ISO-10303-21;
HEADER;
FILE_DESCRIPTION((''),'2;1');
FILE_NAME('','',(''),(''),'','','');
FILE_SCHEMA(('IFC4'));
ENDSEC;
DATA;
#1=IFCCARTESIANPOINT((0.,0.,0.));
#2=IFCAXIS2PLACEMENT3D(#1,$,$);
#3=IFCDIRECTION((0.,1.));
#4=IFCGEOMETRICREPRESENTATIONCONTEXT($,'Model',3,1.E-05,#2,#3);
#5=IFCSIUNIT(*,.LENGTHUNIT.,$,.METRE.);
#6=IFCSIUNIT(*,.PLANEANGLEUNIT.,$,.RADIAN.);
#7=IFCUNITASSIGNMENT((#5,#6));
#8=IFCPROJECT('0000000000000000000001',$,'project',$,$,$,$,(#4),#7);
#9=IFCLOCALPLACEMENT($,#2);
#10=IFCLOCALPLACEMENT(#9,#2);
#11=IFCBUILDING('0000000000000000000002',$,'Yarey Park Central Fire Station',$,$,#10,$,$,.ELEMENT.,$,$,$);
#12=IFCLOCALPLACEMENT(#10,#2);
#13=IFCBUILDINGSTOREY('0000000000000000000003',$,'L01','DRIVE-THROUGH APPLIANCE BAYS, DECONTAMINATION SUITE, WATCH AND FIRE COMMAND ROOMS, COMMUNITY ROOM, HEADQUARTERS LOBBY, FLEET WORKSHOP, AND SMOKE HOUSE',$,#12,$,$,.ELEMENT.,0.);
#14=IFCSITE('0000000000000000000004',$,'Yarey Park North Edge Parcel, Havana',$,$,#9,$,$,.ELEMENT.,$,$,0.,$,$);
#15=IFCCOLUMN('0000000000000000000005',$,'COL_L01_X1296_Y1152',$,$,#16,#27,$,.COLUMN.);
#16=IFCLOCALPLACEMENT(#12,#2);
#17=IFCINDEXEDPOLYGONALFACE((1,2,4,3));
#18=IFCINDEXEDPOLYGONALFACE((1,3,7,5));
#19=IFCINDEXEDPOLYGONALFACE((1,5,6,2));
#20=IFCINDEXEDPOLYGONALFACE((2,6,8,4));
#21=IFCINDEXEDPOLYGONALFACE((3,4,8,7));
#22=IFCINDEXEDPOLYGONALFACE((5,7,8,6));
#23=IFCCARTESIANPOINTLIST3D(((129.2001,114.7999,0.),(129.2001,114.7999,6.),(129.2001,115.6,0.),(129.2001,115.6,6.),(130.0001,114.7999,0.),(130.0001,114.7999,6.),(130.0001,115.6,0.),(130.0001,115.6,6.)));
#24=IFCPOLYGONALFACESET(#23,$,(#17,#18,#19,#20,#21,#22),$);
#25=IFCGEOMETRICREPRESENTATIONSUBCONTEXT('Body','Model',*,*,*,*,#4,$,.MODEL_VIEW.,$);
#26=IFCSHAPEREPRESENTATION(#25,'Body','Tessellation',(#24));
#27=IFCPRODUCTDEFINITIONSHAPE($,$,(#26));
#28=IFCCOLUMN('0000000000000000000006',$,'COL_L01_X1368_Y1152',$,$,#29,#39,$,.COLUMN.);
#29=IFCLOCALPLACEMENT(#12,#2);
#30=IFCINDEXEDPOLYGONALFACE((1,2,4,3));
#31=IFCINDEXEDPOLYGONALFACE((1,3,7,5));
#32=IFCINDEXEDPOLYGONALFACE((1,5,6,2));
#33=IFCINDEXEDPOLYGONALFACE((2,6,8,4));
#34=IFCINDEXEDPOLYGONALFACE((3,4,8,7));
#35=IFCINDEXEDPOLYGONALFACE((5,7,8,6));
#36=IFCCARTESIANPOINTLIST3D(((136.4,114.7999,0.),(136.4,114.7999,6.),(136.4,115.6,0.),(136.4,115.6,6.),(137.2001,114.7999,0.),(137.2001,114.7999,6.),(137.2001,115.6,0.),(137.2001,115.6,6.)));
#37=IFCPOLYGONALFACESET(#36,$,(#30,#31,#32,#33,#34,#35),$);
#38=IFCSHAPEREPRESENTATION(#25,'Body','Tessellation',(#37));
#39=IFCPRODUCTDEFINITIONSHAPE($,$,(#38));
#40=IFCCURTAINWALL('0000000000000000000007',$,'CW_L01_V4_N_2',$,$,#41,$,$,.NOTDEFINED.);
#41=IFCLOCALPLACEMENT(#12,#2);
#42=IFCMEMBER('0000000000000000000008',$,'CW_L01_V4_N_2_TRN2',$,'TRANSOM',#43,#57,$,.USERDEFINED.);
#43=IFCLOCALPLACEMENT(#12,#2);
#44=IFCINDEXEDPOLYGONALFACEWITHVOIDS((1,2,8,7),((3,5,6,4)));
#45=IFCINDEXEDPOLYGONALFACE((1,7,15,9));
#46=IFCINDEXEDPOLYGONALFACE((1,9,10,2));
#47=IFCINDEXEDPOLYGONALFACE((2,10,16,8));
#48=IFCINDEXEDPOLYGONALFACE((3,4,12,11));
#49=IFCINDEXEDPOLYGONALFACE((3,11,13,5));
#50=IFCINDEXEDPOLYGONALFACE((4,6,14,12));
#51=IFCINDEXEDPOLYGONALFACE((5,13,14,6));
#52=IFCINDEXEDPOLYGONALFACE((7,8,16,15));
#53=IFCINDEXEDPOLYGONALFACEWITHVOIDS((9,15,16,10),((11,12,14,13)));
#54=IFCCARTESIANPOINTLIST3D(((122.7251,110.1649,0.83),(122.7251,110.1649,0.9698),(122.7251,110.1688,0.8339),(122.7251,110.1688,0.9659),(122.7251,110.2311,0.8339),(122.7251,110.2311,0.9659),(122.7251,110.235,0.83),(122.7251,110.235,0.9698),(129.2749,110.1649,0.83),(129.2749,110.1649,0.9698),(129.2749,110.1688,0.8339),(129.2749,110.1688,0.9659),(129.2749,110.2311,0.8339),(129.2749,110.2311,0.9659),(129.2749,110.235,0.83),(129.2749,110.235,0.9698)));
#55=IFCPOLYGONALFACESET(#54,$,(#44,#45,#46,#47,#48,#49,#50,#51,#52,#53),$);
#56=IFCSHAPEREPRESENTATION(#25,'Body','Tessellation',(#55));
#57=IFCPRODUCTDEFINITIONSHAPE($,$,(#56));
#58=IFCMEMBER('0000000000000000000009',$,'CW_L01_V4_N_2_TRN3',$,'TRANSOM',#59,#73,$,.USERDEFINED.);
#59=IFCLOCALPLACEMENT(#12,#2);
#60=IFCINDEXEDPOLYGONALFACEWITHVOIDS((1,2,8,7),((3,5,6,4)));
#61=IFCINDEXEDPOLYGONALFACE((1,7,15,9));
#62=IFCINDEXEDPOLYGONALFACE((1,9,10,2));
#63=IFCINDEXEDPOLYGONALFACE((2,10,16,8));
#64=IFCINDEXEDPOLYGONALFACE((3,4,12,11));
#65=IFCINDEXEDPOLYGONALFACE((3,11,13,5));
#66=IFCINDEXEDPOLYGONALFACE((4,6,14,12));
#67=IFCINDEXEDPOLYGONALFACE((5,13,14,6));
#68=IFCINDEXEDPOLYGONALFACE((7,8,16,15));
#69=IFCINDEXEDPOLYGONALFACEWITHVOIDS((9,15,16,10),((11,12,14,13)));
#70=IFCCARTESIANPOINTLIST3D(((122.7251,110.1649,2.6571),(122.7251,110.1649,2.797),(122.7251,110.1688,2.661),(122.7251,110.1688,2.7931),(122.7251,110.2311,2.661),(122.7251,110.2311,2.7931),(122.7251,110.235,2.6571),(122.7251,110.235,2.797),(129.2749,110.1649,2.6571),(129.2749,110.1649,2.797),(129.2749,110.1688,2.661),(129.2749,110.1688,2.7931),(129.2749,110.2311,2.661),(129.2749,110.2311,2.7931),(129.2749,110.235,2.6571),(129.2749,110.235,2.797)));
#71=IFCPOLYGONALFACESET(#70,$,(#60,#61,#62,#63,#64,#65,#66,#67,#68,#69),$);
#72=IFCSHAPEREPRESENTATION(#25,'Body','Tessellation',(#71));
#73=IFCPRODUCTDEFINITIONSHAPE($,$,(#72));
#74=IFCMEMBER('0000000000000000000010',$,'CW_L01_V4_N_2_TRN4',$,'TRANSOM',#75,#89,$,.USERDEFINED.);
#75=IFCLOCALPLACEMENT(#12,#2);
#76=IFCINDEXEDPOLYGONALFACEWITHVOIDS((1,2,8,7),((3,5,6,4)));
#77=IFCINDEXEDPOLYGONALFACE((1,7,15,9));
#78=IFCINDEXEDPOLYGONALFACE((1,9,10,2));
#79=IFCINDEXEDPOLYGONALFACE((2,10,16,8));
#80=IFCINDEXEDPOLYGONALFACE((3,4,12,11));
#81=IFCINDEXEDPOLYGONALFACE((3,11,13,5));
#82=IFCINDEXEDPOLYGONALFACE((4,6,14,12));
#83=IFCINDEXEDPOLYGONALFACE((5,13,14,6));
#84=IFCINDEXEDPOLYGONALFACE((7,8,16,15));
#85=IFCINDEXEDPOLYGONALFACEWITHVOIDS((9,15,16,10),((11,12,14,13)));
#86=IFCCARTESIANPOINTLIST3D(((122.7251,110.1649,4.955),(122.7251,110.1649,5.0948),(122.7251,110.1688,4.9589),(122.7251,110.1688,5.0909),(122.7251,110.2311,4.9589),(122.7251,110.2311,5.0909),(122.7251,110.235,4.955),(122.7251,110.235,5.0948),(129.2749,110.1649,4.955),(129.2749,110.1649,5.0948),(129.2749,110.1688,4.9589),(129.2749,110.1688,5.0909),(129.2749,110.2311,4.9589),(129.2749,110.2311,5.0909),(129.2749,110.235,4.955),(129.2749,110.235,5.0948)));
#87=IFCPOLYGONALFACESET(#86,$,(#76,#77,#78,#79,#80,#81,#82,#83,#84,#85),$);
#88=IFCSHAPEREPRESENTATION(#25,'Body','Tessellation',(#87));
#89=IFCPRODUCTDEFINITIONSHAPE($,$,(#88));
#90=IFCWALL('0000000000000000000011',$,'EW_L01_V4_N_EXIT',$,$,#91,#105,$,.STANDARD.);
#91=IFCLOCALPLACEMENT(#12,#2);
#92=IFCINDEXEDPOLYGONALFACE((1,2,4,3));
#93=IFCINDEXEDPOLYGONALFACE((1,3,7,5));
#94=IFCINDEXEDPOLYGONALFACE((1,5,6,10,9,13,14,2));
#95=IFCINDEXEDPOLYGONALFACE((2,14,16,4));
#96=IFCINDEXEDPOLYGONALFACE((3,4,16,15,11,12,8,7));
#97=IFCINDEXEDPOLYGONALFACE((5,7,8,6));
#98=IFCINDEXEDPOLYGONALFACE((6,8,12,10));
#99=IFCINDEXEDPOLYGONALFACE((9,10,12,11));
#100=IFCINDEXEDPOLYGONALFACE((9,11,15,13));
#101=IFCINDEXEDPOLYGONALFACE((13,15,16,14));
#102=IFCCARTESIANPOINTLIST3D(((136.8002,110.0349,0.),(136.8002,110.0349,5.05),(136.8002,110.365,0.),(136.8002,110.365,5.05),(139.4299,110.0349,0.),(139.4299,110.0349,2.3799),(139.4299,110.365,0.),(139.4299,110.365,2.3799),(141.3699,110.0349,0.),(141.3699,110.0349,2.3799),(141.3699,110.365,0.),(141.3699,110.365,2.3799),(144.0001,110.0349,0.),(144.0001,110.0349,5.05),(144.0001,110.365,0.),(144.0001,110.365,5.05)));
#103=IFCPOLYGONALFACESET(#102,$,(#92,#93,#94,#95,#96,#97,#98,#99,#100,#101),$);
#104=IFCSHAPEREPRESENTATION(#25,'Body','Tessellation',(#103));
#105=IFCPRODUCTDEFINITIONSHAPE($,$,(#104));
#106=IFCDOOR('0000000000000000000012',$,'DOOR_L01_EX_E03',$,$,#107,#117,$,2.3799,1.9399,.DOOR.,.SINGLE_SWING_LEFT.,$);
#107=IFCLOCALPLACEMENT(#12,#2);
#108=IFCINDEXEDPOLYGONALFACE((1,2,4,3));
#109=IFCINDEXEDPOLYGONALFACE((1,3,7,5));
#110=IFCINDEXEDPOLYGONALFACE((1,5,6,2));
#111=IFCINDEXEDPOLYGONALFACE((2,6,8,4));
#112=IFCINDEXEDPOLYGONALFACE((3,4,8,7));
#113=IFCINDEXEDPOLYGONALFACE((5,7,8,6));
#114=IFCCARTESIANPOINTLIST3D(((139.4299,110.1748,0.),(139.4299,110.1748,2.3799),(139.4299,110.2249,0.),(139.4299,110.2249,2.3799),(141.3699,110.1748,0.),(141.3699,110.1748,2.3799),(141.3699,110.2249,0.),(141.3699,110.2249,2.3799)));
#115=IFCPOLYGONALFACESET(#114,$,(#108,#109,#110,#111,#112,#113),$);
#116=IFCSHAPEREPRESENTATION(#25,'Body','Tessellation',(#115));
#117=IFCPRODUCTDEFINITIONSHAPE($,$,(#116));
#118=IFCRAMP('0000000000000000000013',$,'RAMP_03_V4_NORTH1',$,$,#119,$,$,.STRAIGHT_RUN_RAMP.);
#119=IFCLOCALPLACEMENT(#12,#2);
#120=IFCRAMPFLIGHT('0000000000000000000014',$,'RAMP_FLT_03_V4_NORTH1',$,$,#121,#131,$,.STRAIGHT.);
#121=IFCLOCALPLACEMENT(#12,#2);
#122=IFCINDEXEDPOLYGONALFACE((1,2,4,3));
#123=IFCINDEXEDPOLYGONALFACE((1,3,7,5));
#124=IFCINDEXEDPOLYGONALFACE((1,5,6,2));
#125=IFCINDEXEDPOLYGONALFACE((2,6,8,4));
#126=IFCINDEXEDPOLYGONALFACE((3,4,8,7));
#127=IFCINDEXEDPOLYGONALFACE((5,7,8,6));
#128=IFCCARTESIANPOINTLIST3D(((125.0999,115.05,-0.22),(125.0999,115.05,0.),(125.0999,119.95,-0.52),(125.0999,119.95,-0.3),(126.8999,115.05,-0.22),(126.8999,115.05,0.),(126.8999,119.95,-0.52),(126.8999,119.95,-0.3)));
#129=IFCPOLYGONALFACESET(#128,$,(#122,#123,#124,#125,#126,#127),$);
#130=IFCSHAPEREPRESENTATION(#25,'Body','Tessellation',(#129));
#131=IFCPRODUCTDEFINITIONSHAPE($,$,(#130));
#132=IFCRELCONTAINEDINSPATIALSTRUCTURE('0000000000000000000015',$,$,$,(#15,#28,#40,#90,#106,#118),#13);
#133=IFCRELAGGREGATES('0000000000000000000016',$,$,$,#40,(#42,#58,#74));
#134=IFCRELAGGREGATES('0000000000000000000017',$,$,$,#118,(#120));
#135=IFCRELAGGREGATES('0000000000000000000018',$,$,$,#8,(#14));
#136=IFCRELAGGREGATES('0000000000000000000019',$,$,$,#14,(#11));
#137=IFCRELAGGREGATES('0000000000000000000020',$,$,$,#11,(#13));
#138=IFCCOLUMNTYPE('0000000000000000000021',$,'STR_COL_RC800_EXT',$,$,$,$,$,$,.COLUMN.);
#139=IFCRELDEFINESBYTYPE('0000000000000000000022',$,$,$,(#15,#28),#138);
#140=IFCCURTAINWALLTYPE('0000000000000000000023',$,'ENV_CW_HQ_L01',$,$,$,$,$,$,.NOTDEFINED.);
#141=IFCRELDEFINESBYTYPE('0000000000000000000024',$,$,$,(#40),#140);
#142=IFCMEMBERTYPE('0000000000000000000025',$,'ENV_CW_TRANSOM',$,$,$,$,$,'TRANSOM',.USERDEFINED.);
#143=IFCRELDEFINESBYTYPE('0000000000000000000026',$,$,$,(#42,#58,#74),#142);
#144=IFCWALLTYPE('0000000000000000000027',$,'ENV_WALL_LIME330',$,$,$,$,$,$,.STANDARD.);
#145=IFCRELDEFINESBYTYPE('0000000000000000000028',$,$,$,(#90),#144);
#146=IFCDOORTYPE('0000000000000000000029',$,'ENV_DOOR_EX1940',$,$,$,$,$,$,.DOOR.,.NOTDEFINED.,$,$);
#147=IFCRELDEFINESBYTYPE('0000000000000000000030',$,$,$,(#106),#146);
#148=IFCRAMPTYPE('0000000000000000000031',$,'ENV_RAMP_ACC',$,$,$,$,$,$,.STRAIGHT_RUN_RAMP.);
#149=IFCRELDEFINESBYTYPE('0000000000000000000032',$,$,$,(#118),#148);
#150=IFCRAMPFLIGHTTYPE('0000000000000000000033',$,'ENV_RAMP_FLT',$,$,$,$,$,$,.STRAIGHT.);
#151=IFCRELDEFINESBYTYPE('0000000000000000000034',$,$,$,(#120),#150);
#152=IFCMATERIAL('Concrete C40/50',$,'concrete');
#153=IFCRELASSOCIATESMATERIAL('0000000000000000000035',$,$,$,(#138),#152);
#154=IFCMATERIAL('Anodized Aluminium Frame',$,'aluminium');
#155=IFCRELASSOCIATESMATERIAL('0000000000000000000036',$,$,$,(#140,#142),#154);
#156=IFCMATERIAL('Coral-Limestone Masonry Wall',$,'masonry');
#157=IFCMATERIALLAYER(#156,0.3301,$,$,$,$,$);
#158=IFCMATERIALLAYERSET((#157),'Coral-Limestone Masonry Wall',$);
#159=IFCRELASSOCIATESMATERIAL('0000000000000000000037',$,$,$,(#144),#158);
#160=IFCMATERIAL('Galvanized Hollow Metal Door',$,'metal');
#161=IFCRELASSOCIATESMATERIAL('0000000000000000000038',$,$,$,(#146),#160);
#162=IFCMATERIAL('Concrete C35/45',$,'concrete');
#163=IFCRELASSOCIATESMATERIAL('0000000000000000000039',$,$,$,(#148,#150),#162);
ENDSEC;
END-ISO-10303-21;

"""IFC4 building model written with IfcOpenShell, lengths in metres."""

from ifc_helpers import new_model, si_unit, direction, frame, frame_2d, origin, origin_2d, place, context, subcontext, project, spatial, polyline, rectangle, hollow_rectangle, outline, extrude, material, layer, layer_set, material_profile, profile_set, type_object, element, fill, aggregate, save


model = new_model("IFC4")

# Units and contexts
model_context = context("Model", 3, precision=1e-05, world=origin(), true_north=direction((0.0, 1.0)))
body_context = subcontext(model_context, "Body", "Model", "MODEL_VIEW")
ifc_project = project(units=[si_unit("LENGTHUNIT", "METRE"), si_unit("PLANEANGLEUNIT", "RADIAN")], contexts=[model_context])

# Site, building, storey
site_placement = place(None, origin())
site = spatial("IfcSite", under=ifc_project, at=site_placement, Name="Yarey Park North Edge Parcel, Havana", CompositionType="ELEMENT", RefElevation=0.0)
building_placement = place(site_placement, origin())
building = spatial("IfcBuilding", under=site, at=building_placement, Name="Yarey Park Central Fire Station", CompositionType="ELEMENT")
storey_placement = place(building_placement, origin())
storey = spatial("IfcBuildingStorey", under=building, at=storey_placement, Name="L01", Description="DRIVE-THROUGH APPLIANCE BAYS, DECONTAMINATION SUITE, WATCH AND FIRE COMMAND ROOMS, COMMUNITY ROOM, HEADQUARTERS LOBBY, FLEET WORKSHOP, AND SMOKE HOUSE", CompositionType="ELEMENT", Elevation=0.0)

# Shared definitions
ifc_material_1 = material(Name="Concrete C35/45", Category="concrete")

# Columns
ifc_material_2 = material(Name="Concrete C40/50", Category="concrete")
ifc_material_profile_1 = material_profile(ifc_material_2, rectangle(XDim=0.8, YDim=0.8, at=origin_2d()), Name="RC 800x800")
ifc_profile_set_1 = profile_set([ifc_material_profile_1], Name="Concrete C40/50")
column_type = type_object("IfcColumnType", Name="STR_COL_RC800_EXT", PredefinedType="COLUMN", material=ifc_profile_set_1)
for number, where, z_axis, x_axis, name in (
    (1, (129.6001, 115.2, 0.0), (0.0, 0.0, 1.0), (1.0, 0.0, 0.0), "COL_L01_X1296_Y1152"),
    (2, (136.8, 115.2, 0.0), (0.0, 0.0, 1.0), (1.0, 0.0, 0.0), "COL_L01_X1368_Y1152"),
):
    element("IfcColumn", number, at=place(storey_placement, frame(where, z_axis=z_axis, x_axis=x_axis)), inside=storey, type_object=column_type, Name=name, PredefinedType="COLUMN", context=body_context, shape_type="SweptSolid", body=[
        extrude(rectangle(XDim=0.8, YDim=0.8, at=origin_2d()), origin(), (0.0, 0.0, 1.0), 6.0),
    ])

# Curtain wall, members
ifc_material_3 = material(Name="Anodized Aluminium Frame", Category="aluminium")
curtain_wall_type = type_object("IfcCurtainWallType", Name="ENV_CW_HQ_L01", PredefinedType="NOTDEFINED", material=ifc_material_3)
curtain_wall_placement = place(storey_placement, origin())
curtain_wall = element("IfcCurtainWall", 3, at=curtain_wall_placement, inside=storey, type_object=curtain_wall_type, Name="CW_L01_V4_N_2", PredefinedType="NOTDEFINED")
ifc_material_profile_2 = material_profile(ifc_material_3, hollow_rectangle(XDim=0.0701, YDim=0.1399, WallThickness=0.0039, at=origin_2d()), Name="ALU 140x70x4")
ifc_profile_set_2 = profile_set([ifc_material_profile_2], Name="Anodized Aluminium Frame")
member_type = type_object("IfcMemberType", Name="ENV_CW_TRANSOM", ElementType="TRANSOM", PredefinedType="USERDEFINED", material=ifc_profile_set_2)
member_1_placement = place(storey_placement, frame((129.2749, 110.2, 0.8999), z_axis=(-1.0, 0.0, 0.0), x_axis=(0.0, -1.0, 0.0)))
member_1 = element("IfcMember", 4, at=member_1_placement, type_object=member_type, Name="CW_L01_V4_N_2_TRN2", ObjectType="TRANSOM", PredefinedType="USERDEFINED", context=body_context, shape_type="SweptSolid", body=[
    extrude(hollow_rectangle(XDim=0.0701, YDim=0.1399, WallThickness=0.0039, at=origin_2d()), origin(), (0.0, 0.0, 1.0), 6.5498),
])
member_2_placement = place(storey_placement, frame((129.2749, 110.2, 2.7271), z_axis=(-1.0, 0.0, 0.0), x_axis=(0.0, -1.0, 0.0)))
member_2 = element("IfcMember", 5, at=member_2_placement, type_object=member_type, Name="CW_L01_V4_N_2_TRN3", ObjectType="TRANSOM", PredefinedType="USERDEFINED", context=body_context, shape_type="SweptSolid", body=[
    extrude(hollow_rectangle(XDim=0.0701, YDim=0.1399, WallThickness=0.0039, at=origin_2d()), origin(), (0.0, 0.0, 1.0), 6.5498),
])
member_3_placement = place(storey_placement, frame((129.2749, 110.2, 5.0249), z_axis=(-1.0, 0.0, 0.0), x_axis=(0.0, -1.0, 0.0)))
member_3 = element("IfcMember", 6, at=member_3_placement, type_object=member_type, Name="CW_L01_V4_N_2_TRN4", ObjectType="TRANSOM", PredefinedType="USERDEFINED", context=body_context, shape_type="SweptSolid", body=[
    extrude(hollow_rectangle(XDim=0.0701, YDim=0.1399, WallThickness=0.0039, at=origin_2d()), origin(), (0.0, 0.0, 1.0), 6.5498),
])
aggregate(curtain_wall, [member_1, member_2, member_3])

# Wall, opening, door
ifc_material_4 = material(Name="Coral-Limestone Masonry Wall", Category="masonry")
ifc_layer = layer(ifc_material_4, 0.3301)
ifc_layer_set = layer_set([ifc_layer], Name="Coral-Limestone Masonry Wall")
wall_type = type_object("IfcWallType", Name="ENV_WALL_LIME330", PredefinedType="STANDARD", material=ifc_layer_set)
ifc_material_5 = material(Name="Galvanized Hollow Metal Door", Category="metal")
wall_1_placement = place(storey_placement, frame((136.8, 110.2, 0.0), z_axis=(0.0, 0.0, 1.0), x_axis=(1.0, 0.0, 0.0)))
wall_1 = element("IfcWall", 7, at=wall_1_placement, inside=storey, type_object=wall_type, Name="EW_L01_V4_N_EXIT", PredefinedType="STANDARD", context=body_context, shape_type="SweptSolid", body=[
    extrude(rectangle(XDim=7.2, YDim=0.3301, at=frame_2d((3.6001, 0.0))), origin(), (0.0, 0.0, 1.0), 5.05),
])
opening_1_placement = place(wall_1_placement, frame((2.6299, 0.0, 0.0)))
opening_1 = element("IfcOpeningElement", 8, at=opening_1_placement, cuts=wall_1, PredefinedType="OPENING", context=body_context, shape_type="SweptSolid", body=[
    extrude(rectangle(XDim=1.9399, YDim=2.3799, at=frame_2d((0.97, 1.1899))), frame((0.0, 0.175, 0.0), z_axis=(0.0, -1.0, 0.0), x_axis=(1.0, 0.0, 0.0)), (0.0, 0.0, 1.0), 0.3501),
])
door_type_1 = type_object("IfcDoorType", Name="ENV_DOOR_EX1940", OperationType="NOTDEFINED", PredefinedType="DOOR", material=ifc_material_5)
door_1_placement = place(opening_1_placement, origin())
door_1 = element("IfcDoor", 9, at=door_1_placement, inside=storey, type_object=door_type_1, Name="DOOR_L01_EX_E03", OperationType="SINGLE_SWING_LEFT", OverallHeight=2.3799, OverallWidth=1.9399, PredefinedType="DOOR", context=body_context, shape_type="SweptSolid", body=[
    extrude(rectangle(XDim=1.9399, YDim=2.3799, at=frame_2d((0.97, 1.1899))), frame((0.0, 0.0249, 0.0), z_axis=(0.0, -1.0, 0.0), x_axis=(1.0, 0.0, 0.0)), (0.0, 0.0, 1.0), 0.05),
])
fill(opening_1, door_1)

# Ramp, ramp flight
ramp_type = type_object("IfcRampType", Name="ENV_RAMP_ACC", PredefinedType="STRAIGHT_RUN_RAMP", material=ifc_material_1)
ramp_placement = place(storey_placement, origin())
ramp = element("IfcRamp", 10, at=ramp_placement, inside=storey, type_object=ramp_type, Name="RAMP_03_V4_NORTH1", PredefinedType="STRAIGHT_RUN_RAMP")
ramp_flight_type = type_object("IfcRampFlightType", Name="ENV_RAMP_FLT", PredefinedType="STRAIGHT", material=ifc_material_1)
ramp_flight_placement = place(storey_placement, frame((126.0, 119.95, -0.3), z_axis=(0.0, 0.0, 1.0), x_axis=(0.0, -1.0, 0.0)))
ramp_flight = element("IfcRampFlight", 11, at=ramp_flight_placement, type_object=ramp_flight_type, Name="RAMP_FLT_03_V4_NORTH1", PredefinedType="STRAIGHT", context=body_context, shape_type="SweptSolid", body=[
    extrude(outline(polyline([(0.0, 0.0), (0.0, -0.22), (4.8999, 0.0801), (4.8999, 0.3), (0.0, 0.0)])), frame((0.0, 0.8999, 0.0), z_axis=(0.0, -1.0, 0.0), x_axis=(1.0, 0.0, 0.0)), (0.0, 0.0, 1.0), 1.8),
])
aggregate(ramp, [ramp_flight])

save(model, "model.ifc")
